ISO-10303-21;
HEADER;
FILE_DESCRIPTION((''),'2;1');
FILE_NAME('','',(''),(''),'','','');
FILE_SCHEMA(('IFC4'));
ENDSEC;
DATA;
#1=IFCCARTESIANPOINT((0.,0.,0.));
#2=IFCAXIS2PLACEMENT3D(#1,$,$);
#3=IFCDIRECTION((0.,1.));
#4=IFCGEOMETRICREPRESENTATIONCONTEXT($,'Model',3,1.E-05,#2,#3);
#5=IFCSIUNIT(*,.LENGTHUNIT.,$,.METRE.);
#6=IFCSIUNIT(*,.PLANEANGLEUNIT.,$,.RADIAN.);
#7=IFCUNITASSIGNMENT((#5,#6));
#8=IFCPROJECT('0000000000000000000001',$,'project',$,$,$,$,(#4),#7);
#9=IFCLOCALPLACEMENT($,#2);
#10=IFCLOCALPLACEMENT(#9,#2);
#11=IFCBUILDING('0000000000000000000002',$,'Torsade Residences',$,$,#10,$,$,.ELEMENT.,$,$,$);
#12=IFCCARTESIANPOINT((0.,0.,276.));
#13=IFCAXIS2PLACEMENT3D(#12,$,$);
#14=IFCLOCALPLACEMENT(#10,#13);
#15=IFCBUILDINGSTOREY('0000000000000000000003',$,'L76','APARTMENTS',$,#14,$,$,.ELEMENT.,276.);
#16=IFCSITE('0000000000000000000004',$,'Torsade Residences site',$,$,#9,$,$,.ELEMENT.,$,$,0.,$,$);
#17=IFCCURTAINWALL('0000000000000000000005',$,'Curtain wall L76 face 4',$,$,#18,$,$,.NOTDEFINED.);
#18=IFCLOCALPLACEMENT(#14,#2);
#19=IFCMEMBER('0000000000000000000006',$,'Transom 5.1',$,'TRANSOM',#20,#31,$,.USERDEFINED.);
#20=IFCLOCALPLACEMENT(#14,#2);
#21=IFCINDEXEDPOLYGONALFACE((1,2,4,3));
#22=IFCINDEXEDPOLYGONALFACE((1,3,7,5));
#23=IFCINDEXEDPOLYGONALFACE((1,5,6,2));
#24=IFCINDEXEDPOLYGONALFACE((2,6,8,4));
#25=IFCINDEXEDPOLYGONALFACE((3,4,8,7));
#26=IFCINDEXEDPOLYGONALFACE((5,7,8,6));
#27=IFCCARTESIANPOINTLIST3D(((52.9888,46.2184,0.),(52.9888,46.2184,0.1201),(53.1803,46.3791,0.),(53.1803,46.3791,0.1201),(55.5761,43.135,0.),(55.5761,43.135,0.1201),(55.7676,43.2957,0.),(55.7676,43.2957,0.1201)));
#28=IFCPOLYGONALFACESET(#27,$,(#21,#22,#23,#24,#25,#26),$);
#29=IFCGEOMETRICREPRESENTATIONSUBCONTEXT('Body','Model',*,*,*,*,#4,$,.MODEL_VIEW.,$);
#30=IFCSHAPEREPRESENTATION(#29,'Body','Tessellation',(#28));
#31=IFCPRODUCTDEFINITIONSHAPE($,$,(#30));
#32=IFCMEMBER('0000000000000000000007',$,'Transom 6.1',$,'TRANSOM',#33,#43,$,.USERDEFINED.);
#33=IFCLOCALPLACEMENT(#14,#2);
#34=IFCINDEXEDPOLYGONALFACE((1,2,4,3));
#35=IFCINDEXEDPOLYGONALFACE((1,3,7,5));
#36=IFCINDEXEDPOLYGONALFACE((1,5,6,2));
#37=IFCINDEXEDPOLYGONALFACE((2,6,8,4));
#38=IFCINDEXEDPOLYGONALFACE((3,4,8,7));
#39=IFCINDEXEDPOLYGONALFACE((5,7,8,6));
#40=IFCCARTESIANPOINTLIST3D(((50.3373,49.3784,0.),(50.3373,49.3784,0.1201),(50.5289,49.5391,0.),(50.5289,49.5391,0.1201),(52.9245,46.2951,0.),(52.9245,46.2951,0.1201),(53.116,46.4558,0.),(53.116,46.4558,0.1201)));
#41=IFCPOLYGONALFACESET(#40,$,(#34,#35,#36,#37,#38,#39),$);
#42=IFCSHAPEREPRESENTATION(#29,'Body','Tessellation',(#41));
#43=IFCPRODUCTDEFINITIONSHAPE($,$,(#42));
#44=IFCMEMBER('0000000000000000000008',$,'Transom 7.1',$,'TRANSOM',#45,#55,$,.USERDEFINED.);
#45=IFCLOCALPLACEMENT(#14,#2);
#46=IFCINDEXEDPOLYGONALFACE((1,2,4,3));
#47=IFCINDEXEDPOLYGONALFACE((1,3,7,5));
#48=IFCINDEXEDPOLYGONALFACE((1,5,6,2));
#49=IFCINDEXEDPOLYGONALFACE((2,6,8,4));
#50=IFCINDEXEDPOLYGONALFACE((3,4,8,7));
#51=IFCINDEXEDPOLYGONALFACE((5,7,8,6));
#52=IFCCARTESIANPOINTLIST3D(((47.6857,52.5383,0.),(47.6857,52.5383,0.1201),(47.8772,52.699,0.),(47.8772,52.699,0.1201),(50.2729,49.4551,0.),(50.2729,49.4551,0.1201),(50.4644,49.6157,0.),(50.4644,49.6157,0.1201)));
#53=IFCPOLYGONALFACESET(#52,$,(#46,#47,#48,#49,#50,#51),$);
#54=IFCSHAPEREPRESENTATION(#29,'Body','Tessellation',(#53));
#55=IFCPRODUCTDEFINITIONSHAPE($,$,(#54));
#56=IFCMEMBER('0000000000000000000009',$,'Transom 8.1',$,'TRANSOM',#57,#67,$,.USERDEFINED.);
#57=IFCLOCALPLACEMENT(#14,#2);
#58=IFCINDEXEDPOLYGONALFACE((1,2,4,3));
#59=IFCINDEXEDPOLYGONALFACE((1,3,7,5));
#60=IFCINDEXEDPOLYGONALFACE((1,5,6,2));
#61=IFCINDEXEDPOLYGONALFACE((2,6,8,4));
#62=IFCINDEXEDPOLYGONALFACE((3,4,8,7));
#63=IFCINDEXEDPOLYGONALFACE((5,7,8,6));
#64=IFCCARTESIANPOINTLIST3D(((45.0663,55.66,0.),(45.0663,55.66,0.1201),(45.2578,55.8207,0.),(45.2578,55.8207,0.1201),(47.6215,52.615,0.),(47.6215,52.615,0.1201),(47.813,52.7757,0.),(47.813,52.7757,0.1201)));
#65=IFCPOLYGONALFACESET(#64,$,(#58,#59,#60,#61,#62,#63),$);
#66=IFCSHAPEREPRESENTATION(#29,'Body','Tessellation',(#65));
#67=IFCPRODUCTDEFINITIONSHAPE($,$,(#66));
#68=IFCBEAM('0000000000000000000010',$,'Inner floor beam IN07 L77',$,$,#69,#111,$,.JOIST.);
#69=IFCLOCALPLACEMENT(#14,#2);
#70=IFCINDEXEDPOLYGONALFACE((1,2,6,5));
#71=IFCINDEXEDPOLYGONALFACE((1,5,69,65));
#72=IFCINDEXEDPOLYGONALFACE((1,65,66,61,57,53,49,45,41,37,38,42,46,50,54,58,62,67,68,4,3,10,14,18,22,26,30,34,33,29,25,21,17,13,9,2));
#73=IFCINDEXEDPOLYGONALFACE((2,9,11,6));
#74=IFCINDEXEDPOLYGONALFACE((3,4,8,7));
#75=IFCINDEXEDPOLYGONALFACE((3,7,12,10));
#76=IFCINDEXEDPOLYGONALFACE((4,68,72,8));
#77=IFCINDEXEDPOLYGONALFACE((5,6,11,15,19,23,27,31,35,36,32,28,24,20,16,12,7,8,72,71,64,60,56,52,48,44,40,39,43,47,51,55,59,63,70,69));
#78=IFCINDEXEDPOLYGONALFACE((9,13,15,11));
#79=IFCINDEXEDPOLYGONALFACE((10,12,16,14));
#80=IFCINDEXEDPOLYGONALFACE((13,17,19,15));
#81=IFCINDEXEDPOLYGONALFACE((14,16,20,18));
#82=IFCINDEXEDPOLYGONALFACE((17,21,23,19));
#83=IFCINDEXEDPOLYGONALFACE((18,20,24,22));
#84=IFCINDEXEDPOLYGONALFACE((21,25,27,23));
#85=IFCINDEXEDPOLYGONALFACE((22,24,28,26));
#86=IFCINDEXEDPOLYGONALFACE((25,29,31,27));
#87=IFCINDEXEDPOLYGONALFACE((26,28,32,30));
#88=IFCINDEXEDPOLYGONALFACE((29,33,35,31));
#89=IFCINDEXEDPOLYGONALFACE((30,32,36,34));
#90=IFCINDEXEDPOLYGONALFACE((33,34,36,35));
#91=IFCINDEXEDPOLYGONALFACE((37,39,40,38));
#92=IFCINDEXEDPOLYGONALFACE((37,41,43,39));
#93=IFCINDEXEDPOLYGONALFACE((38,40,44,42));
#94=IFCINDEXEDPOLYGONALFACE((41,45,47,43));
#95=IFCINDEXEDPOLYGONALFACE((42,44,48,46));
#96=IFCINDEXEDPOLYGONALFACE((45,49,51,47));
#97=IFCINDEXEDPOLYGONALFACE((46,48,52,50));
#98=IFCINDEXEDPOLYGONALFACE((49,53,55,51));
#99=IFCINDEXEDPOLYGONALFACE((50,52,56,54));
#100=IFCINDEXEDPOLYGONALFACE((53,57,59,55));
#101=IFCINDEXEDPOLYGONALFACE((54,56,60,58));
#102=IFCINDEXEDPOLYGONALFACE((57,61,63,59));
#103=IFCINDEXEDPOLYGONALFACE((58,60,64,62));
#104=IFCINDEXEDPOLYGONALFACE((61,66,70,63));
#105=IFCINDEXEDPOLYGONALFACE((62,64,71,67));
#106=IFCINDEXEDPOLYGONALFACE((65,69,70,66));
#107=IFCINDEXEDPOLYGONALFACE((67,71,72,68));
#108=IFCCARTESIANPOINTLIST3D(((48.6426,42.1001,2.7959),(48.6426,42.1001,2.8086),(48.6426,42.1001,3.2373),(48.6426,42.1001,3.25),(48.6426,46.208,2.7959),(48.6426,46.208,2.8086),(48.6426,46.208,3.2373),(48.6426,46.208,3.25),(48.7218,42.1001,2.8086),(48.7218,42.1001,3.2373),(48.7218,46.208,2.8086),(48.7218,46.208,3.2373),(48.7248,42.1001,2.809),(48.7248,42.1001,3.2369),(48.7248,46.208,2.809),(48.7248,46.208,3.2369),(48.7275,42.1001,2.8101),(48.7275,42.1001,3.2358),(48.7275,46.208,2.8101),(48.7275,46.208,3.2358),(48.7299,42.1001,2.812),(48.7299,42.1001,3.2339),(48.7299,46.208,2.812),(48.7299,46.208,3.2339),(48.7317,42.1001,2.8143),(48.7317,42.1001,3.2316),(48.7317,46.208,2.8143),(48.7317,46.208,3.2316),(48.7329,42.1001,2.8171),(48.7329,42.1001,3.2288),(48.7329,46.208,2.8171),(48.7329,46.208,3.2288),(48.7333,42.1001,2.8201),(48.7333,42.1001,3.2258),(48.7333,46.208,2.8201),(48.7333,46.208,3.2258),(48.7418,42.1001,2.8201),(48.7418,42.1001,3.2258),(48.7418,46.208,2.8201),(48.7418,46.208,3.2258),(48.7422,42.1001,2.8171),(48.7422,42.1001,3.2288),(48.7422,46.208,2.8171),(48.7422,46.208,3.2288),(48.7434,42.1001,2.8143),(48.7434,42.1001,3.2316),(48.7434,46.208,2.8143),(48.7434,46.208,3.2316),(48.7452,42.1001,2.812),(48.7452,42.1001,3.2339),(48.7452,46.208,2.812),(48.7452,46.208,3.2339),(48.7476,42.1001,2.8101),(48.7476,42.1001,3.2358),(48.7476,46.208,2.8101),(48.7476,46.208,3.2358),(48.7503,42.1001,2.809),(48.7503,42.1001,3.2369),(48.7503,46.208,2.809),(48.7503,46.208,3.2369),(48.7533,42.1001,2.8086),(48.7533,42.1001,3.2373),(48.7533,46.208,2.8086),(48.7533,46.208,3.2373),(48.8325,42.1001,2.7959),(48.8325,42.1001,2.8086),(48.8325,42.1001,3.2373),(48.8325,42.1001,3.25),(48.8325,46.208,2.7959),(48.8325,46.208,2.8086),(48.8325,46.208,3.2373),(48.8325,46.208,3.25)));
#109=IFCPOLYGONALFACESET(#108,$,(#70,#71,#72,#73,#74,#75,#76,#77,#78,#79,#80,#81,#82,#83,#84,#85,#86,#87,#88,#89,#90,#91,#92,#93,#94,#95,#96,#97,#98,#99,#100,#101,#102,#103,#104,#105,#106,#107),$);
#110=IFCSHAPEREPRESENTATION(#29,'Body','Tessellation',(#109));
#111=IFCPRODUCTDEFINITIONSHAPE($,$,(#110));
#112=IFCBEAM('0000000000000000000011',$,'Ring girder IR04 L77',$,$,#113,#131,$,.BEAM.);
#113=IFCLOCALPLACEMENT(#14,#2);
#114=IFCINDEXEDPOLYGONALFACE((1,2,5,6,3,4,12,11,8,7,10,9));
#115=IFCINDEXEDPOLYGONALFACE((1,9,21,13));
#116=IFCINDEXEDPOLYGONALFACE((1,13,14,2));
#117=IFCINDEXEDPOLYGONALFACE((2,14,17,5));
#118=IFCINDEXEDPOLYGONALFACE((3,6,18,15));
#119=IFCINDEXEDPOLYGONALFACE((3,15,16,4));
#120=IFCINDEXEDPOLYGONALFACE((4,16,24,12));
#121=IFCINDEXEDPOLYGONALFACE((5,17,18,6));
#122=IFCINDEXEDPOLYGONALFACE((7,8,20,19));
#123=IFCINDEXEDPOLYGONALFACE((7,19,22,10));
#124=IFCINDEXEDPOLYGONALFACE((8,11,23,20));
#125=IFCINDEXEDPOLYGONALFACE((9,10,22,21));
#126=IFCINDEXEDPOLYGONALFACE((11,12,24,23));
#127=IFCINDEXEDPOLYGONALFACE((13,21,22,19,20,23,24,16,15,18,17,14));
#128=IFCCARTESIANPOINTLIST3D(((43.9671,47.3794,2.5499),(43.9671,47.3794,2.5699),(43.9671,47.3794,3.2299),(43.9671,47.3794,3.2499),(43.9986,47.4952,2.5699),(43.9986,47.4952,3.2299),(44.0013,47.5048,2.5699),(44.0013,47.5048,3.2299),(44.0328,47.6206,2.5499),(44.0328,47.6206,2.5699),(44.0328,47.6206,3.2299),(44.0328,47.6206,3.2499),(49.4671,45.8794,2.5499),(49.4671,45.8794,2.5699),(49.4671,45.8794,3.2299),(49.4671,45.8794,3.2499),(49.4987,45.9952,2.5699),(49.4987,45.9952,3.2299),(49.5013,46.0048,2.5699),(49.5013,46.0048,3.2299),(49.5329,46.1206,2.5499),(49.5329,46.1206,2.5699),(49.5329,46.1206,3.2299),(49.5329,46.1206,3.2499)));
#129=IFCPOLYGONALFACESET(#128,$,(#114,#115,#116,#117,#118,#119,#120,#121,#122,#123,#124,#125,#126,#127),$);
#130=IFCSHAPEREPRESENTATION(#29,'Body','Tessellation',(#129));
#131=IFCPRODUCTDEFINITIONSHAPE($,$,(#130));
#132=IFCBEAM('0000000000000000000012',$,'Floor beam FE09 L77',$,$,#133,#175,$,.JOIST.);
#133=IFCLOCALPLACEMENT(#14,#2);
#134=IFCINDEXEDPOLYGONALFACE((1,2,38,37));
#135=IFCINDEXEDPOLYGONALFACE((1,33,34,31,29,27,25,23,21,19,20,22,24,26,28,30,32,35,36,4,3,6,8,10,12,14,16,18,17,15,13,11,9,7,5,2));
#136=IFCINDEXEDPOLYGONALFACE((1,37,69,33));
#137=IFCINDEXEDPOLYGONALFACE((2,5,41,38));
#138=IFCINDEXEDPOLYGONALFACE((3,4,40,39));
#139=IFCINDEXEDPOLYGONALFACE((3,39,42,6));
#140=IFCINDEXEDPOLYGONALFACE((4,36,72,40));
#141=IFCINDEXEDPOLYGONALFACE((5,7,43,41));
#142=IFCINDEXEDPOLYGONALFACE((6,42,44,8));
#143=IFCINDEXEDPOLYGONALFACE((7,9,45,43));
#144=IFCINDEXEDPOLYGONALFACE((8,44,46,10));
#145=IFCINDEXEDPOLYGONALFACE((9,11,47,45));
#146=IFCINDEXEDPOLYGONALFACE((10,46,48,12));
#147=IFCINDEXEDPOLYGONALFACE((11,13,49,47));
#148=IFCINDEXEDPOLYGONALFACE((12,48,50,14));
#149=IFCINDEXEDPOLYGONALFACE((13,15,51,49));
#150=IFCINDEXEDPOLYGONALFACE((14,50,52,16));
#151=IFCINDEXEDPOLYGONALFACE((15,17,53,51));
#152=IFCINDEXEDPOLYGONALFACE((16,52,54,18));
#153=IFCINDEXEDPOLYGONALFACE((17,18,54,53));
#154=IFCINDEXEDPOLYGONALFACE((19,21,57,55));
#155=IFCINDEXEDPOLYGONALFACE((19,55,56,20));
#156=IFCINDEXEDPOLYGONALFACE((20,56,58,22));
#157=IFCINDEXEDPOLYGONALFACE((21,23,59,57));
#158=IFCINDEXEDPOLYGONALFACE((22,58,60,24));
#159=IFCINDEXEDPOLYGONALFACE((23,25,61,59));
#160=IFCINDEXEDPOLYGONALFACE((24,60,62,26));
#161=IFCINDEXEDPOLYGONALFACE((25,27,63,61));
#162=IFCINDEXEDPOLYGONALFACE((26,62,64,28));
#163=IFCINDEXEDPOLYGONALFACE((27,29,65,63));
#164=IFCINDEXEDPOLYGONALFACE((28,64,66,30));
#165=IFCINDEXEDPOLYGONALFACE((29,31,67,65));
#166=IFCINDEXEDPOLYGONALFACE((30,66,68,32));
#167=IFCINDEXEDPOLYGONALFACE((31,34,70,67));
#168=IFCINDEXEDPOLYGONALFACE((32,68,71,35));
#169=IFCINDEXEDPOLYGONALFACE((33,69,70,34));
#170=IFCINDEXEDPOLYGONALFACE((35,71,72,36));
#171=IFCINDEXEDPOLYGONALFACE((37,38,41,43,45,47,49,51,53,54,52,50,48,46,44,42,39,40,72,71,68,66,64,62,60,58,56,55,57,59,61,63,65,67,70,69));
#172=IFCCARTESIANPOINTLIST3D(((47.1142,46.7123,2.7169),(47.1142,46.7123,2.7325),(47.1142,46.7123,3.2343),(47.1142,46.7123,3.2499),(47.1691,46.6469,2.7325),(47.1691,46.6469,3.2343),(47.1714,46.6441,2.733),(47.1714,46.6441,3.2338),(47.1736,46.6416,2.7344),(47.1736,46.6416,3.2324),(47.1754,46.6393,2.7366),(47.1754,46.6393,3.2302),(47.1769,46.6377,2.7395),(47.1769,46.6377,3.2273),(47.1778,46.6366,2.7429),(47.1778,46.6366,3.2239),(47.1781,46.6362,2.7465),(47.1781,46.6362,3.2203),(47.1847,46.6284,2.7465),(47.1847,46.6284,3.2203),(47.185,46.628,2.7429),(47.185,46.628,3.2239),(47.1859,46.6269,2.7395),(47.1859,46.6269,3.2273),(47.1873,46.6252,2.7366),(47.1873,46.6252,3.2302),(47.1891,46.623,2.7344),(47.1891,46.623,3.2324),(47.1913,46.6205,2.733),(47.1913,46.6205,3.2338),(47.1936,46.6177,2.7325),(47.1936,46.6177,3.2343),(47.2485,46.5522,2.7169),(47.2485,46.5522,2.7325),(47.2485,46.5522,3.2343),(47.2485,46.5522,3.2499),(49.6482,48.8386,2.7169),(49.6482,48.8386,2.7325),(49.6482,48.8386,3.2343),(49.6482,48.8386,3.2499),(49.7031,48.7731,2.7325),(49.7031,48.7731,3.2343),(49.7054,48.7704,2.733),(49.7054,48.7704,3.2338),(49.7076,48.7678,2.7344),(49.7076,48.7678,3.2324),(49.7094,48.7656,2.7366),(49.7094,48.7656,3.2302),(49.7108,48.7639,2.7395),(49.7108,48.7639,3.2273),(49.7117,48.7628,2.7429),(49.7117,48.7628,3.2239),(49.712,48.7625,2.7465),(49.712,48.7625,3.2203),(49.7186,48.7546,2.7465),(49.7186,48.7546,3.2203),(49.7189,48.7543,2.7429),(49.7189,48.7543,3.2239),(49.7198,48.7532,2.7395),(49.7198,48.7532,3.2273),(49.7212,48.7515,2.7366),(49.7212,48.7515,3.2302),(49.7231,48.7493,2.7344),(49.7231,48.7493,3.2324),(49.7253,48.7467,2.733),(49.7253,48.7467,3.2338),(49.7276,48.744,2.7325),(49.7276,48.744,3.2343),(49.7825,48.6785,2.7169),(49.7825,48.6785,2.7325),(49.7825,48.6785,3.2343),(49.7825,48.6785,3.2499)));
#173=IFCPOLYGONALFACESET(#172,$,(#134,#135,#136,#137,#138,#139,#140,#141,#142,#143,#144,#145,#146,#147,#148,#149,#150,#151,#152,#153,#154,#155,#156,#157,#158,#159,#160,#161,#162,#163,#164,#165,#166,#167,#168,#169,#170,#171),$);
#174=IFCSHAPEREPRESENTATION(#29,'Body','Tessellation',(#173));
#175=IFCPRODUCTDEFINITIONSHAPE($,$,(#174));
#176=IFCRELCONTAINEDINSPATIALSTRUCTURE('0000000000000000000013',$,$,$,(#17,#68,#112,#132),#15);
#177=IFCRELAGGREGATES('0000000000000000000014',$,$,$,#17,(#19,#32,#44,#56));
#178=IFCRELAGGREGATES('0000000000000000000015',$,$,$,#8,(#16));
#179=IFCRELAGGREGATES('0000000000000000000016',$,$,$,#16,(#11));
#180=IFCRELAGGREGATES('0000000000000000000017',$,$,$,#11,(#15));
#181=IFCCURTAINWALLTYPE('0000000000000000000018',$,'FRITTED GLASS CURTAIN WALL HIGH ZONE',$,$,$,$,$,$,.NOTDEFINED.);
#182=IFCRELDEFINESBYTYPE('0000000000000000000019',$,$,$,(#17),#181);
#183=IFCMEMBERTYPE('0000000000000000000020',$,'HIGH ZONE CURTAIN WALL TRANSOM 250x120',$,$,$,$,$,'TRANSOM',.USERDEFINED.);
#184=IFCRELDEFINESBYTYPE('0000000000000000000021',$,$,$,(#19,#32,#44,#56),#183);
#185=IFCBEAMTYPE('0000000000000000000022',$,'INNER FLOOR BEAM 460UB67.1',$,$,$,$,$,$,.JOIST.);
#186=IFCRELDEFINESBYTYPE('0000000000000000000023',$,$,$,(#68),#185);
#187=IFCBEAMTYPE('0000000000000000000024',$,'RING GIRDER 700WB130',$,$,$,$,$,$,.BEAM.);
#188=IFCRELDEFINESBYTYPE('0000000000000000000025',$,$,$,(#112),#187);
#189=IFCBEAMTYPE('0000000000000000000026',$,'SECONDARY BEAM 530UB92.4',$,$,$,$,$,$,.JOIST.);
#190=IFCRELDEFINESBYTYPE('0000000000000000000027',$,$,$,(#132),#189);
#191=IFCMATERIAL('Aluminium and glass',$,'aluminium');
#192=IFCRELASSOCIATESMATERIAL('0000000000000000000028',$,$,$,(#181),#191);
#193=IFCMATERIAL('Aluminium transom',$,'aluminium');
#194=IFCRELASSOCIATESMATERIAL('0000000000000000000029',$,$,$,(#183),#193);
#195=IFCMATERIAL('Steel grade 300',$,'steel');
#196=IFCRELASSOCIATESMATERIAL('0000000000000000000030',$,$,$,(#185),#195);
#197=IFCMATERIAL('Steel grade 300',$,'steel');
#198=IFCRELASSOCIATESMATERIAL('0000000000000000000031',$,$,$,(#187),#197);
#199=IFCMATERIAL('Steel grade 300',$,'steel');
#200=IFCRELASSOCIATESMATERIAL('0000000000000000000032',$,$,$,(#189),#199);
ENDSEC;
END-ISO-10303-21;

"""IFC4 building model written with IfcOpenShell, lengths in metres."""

from ifc_helpers import new_model, si_unit, direction, frame, origin, origin_2d, place, context, subcontext, project, spatial, rectangle, i_section, extrude, material, material_profile, profile_set, type_object, element, aggregate, save


model = new_model("IFC4")

# Units and contexts
model_context = context("Model", 3, precision=1e-05, world=origin(), true_north=direction((0.0, 1.0)))
body_context = subcontext(model_context, "Body", "Model", "MODEL_VIEW")
ifc_project = project(units=[si_unit("LENGTHUNIT", "METRE"), si_unit("PLANEANGLEUNIT", "RADIAN")], contexts=[model_context])

# Site, building, storey
site_placement = place(None, origin())
site = spatial("IfcSite", under=ifc_project, at=site_placement, Name="Torsade Residences site", CompositionType="ELEMENT", RefElevation=0.0)
building_placement = place(site_placement, origin())
building = spatial("IfcBuilding", under=site, at=building_placement, Name="Torsade Residences", CompositionType="ELEMENT")
storey_placement = place(building_placement, frame((0.0, 0.0, 276.0)))
storey = spatial("IfcBuildingStorey", under=building, at=storey_placement, Name="L76", Description="APARTMENTS", CompositionType="ELEMENT", Elevation=276.0)

# Curtain wall, members
ifc_material_1 = material(Name="Aluminium and glass", Category="aluminium")
curtain_wall_type = type_object("IfcCurtainWallType", Name="FRITTED GLASS CURTAIN WALL HIGH ZONE", PredefinedType="NOTDEFINED", material=ifc_material_1)
curtain_wall_placement = place(storey_placement, origin())
curtain_wall = element("IfcCurtainWall", 1, at=curtain_wall_placement, inside=storey, type_object=curtain_wall_type, Name="Curtain wall L76 face 4", PredefinedType="NOTDEFINED")
ifc_material_2 = material(Name="Aluminium transom", Category="aluminium")
ifc_material_profile_1 = material_profile(ifc_material_2, rectangle(XDim=0.25, YDim=0.1201, at=origin_2d()), Name="HIGH ZONE CURTAIN WALL TRANSOM 250x120")
ifc_profile_set_1 = profile_set([ifc_material_profile_1], Name="Aluminium transom")
member_type_1 = type_object("IfcMemberType", Name="HIGH ZONE CURTAIN WALL TRANSOM 250x120", ElementType="TRANSOM", PredefinedType="USERDEFINED", material=ifc_profile_set_1)
member_1_placement = place(storey_placement, frame((55.6719, 43.2153, 0.0601), z_axis=(-0.642794, 0.766039, 0.0), x_axis=(-0.766039, -0.642794, 0.0)))
member_1 = element("IfcMember", 2, at=member_1_placement, type_object=member_type_1, Name="Transom 5.1", ObjectType="TRANSOM", PredefinedType="USERDEFINED", context=body_context, shape_type="SweptSolid", body=[
    extrude(rectangle(XDim=0.25, YDim=0.1201, at=origin_2d()), origin(), (0.0, 0.0, 1.0), 4.0251),
])
member_2_placement = place(storey_placement, frame((53.0203, 46.3755, 0.0601), z_axis=(-0.642788, 0.766044, 0.0), x_axis=(-0.766044, -0.642788, 0.0)))
member_2 = element("IfcMember", 3, at=member_2_placement, type_object=member_type_1, Name="Transom 6.1", ObjectType="TRANSOM", PredefinedType="USERDEFINED", context=body_context, shape_type="SweptSolid", body=[
    extrude(rectangle(XDim=0.25, YDim=0.1201, at=origin_2d()), origin(), (0.0, 0.0, 1.0), 4.0249),
])
member_3_placement = place(storey_placement, frame((50.3687, 49.5354, 0.0601), z_axis=(-0.642788, 0.766044, 0.0), x_axis=(-0.766044, -0.642788, 0.0)))
member_3 = element("IfcMember", 4, at=member_3_placement, type_object=member_type_1, Name="Transom 7.1", ObjectType="TRANSOM", PredefinedType="USERDEFINED", context=body_context, shape_type="SweptSolid", body=[
    extrude(rectangle(XDim=0.25, YDim=0.1201, at=origin_2d()), origin(), (0.0, 0.0, 1.0), 4.0249),
])
member_4_placement = place(storey_placement, frame((47.7173, 52.6953, 0.0601), z_axis=(-0.642815, 0.766022, 0.0), x_axis=(-0.766022, -0.642815, 0.0)))
member_4 = element("IfcMember", 5, at=member_4_placement, type_object=member_type_1, Name="Transom 8.1", ObjectType="TRANSOM", PredefinedType="USERDEFINED", context=body_context, shape_type="SweptSolid", body=[
    extrude(rectangle(XDim=0.25, YDim=0.1201, at=origin_2d()), origin(), (0.0, 0.0, 1.0), 3.9751),
])

# Beams
ifc_material_3 = material(Name="Steel grade 300", Category="steel")
ifc_material_profile_2 = material_profile(ifc_material_3, i_section(OverallWidth=0.1899, OverallDepth=0.4541, WebThickness=0.0085, FlangeThickness=0.0127, FilletRadius=0.0115, at=origin_2d()), Name="460UB67.1")
ifc_profile_set_2 = profile_set([ifc_material_profile_2], Name="Steel grade 300")
beam_type_1 = type_object("IfcBeamType", Name="INNER FLOOR BEAM 460UB67.1", PredefinedType="JOIST", material=ifc_profile_set_2)
beam_1_placement = place(storey_placement, frame((48.7375, 42.1001, 3.0229), z_axis=(0.0, 1.0, 0.0), x_axis=(-1.0, 0.0, 0.0)))
element("IfcBeam", 6, at=beam_1_placement, inside=storey, type_object=beam_type_1, Name="Inner floor beam IN07 L77", PredefinedType="JOIST", context=body_context, shape_type="SweptSolid", body=[
    extrude(i_section(OverallWidth=0.1899, OverallDepth=0.4541, WebThickness=0.0085, FlangeThickness=0.0127, FilletRadius=0.0115, at=origin_2d()), origin(), (0.0, 0.0, 1.0), 4.1079),
])
ifc_material_4 = material(Name="Steel grade 300", Category="steel")
ifc_material_profile_3 = material_profile(ifc_material_4, i_section(OverallWidth=0.25, OverallDepth=0.7, WebThickness=0.01, FlangeThickness=0.02, at=origin_2d()), Name="700WB130")
ifc_profile_set_3 = profile_set([ifc_material_profile_3], Name="Steel grade 300")
beam_type_2 = type_object("IfcBeamType", Name="RING GIRDER 700WB130", PredefinedType="BEAM", material=ifc_profile_set_3)
beam_2_placement = place(storey_placement, frame((49.5, 46.0, 2.8999), z_axis=(-0.964764, 0.263117, 0.0), x_axis=(-0.263117, -0.964764, 0.0)))
element("IfcBeam", 7, at=beam_2_placement, inside=storey, type_object=beam_type_2, Name="Ring girder IR04 L77", PredefinedType="BEAM", context=body_context, shape_type="SweptSolid", body=[
    extrude(i_section(OverallWidth=0.25, OverallDepth=0.7, WebThickness=0.01, FlangeThickness=0.02, at=origin_2d()), origin(), (0.0, 0.0, 1.0), 5.7009),
])
ifc_material_5 = material(Name="Steel grade 300", Category="steel")
ifc_material_profile_4 = material_profile(ifc_material_5, i_section(OverallWidth=0.209, OverallDepth=0.533, WebThickness=0.0103, FlangeThickness=0.0156, FilletRadius=0.0139, at=origin_2d()), Name="530UB92.4")
ifc_profile_set_4 = profile_set([ifc_material_profile_4], Name="Steel grade 300")
beam_type_3 = type_object("IfcBeamType", Name="SECONDARY BEAM 530UB92.4", PredefinedType="JOIST", material=ifc_profile_set_4)
beam_3_placement = place(storey_placement, frame((49.7153, 48.7585, 2.9834), z_axis=(-0.766045, -0.642787, 0.0), x_axis=(0.642787, -0.766045, 0.0)))
element("IfcBeam", 8, at=beam_3_placement, inside=storey, type_object=beam_type_3, Name="Floor beam FE09 L77", PredefinedType="JOIST", context=body_context, shape_type="SweptSolid", body=[
    extrude(i_section(OverallWidth=0.209, OverallDepth=0.533, WebThickness=0.0103, FlangeThickness=0.0156, FilletRadius=0.0139, at=origin_2d()), origin(), (0.0, 0.0, 1.0), 3.3079),
])

aggregate(curtain_wall, [member_1, member_2, member_3, member_4])

save(model, "model.ifc")
